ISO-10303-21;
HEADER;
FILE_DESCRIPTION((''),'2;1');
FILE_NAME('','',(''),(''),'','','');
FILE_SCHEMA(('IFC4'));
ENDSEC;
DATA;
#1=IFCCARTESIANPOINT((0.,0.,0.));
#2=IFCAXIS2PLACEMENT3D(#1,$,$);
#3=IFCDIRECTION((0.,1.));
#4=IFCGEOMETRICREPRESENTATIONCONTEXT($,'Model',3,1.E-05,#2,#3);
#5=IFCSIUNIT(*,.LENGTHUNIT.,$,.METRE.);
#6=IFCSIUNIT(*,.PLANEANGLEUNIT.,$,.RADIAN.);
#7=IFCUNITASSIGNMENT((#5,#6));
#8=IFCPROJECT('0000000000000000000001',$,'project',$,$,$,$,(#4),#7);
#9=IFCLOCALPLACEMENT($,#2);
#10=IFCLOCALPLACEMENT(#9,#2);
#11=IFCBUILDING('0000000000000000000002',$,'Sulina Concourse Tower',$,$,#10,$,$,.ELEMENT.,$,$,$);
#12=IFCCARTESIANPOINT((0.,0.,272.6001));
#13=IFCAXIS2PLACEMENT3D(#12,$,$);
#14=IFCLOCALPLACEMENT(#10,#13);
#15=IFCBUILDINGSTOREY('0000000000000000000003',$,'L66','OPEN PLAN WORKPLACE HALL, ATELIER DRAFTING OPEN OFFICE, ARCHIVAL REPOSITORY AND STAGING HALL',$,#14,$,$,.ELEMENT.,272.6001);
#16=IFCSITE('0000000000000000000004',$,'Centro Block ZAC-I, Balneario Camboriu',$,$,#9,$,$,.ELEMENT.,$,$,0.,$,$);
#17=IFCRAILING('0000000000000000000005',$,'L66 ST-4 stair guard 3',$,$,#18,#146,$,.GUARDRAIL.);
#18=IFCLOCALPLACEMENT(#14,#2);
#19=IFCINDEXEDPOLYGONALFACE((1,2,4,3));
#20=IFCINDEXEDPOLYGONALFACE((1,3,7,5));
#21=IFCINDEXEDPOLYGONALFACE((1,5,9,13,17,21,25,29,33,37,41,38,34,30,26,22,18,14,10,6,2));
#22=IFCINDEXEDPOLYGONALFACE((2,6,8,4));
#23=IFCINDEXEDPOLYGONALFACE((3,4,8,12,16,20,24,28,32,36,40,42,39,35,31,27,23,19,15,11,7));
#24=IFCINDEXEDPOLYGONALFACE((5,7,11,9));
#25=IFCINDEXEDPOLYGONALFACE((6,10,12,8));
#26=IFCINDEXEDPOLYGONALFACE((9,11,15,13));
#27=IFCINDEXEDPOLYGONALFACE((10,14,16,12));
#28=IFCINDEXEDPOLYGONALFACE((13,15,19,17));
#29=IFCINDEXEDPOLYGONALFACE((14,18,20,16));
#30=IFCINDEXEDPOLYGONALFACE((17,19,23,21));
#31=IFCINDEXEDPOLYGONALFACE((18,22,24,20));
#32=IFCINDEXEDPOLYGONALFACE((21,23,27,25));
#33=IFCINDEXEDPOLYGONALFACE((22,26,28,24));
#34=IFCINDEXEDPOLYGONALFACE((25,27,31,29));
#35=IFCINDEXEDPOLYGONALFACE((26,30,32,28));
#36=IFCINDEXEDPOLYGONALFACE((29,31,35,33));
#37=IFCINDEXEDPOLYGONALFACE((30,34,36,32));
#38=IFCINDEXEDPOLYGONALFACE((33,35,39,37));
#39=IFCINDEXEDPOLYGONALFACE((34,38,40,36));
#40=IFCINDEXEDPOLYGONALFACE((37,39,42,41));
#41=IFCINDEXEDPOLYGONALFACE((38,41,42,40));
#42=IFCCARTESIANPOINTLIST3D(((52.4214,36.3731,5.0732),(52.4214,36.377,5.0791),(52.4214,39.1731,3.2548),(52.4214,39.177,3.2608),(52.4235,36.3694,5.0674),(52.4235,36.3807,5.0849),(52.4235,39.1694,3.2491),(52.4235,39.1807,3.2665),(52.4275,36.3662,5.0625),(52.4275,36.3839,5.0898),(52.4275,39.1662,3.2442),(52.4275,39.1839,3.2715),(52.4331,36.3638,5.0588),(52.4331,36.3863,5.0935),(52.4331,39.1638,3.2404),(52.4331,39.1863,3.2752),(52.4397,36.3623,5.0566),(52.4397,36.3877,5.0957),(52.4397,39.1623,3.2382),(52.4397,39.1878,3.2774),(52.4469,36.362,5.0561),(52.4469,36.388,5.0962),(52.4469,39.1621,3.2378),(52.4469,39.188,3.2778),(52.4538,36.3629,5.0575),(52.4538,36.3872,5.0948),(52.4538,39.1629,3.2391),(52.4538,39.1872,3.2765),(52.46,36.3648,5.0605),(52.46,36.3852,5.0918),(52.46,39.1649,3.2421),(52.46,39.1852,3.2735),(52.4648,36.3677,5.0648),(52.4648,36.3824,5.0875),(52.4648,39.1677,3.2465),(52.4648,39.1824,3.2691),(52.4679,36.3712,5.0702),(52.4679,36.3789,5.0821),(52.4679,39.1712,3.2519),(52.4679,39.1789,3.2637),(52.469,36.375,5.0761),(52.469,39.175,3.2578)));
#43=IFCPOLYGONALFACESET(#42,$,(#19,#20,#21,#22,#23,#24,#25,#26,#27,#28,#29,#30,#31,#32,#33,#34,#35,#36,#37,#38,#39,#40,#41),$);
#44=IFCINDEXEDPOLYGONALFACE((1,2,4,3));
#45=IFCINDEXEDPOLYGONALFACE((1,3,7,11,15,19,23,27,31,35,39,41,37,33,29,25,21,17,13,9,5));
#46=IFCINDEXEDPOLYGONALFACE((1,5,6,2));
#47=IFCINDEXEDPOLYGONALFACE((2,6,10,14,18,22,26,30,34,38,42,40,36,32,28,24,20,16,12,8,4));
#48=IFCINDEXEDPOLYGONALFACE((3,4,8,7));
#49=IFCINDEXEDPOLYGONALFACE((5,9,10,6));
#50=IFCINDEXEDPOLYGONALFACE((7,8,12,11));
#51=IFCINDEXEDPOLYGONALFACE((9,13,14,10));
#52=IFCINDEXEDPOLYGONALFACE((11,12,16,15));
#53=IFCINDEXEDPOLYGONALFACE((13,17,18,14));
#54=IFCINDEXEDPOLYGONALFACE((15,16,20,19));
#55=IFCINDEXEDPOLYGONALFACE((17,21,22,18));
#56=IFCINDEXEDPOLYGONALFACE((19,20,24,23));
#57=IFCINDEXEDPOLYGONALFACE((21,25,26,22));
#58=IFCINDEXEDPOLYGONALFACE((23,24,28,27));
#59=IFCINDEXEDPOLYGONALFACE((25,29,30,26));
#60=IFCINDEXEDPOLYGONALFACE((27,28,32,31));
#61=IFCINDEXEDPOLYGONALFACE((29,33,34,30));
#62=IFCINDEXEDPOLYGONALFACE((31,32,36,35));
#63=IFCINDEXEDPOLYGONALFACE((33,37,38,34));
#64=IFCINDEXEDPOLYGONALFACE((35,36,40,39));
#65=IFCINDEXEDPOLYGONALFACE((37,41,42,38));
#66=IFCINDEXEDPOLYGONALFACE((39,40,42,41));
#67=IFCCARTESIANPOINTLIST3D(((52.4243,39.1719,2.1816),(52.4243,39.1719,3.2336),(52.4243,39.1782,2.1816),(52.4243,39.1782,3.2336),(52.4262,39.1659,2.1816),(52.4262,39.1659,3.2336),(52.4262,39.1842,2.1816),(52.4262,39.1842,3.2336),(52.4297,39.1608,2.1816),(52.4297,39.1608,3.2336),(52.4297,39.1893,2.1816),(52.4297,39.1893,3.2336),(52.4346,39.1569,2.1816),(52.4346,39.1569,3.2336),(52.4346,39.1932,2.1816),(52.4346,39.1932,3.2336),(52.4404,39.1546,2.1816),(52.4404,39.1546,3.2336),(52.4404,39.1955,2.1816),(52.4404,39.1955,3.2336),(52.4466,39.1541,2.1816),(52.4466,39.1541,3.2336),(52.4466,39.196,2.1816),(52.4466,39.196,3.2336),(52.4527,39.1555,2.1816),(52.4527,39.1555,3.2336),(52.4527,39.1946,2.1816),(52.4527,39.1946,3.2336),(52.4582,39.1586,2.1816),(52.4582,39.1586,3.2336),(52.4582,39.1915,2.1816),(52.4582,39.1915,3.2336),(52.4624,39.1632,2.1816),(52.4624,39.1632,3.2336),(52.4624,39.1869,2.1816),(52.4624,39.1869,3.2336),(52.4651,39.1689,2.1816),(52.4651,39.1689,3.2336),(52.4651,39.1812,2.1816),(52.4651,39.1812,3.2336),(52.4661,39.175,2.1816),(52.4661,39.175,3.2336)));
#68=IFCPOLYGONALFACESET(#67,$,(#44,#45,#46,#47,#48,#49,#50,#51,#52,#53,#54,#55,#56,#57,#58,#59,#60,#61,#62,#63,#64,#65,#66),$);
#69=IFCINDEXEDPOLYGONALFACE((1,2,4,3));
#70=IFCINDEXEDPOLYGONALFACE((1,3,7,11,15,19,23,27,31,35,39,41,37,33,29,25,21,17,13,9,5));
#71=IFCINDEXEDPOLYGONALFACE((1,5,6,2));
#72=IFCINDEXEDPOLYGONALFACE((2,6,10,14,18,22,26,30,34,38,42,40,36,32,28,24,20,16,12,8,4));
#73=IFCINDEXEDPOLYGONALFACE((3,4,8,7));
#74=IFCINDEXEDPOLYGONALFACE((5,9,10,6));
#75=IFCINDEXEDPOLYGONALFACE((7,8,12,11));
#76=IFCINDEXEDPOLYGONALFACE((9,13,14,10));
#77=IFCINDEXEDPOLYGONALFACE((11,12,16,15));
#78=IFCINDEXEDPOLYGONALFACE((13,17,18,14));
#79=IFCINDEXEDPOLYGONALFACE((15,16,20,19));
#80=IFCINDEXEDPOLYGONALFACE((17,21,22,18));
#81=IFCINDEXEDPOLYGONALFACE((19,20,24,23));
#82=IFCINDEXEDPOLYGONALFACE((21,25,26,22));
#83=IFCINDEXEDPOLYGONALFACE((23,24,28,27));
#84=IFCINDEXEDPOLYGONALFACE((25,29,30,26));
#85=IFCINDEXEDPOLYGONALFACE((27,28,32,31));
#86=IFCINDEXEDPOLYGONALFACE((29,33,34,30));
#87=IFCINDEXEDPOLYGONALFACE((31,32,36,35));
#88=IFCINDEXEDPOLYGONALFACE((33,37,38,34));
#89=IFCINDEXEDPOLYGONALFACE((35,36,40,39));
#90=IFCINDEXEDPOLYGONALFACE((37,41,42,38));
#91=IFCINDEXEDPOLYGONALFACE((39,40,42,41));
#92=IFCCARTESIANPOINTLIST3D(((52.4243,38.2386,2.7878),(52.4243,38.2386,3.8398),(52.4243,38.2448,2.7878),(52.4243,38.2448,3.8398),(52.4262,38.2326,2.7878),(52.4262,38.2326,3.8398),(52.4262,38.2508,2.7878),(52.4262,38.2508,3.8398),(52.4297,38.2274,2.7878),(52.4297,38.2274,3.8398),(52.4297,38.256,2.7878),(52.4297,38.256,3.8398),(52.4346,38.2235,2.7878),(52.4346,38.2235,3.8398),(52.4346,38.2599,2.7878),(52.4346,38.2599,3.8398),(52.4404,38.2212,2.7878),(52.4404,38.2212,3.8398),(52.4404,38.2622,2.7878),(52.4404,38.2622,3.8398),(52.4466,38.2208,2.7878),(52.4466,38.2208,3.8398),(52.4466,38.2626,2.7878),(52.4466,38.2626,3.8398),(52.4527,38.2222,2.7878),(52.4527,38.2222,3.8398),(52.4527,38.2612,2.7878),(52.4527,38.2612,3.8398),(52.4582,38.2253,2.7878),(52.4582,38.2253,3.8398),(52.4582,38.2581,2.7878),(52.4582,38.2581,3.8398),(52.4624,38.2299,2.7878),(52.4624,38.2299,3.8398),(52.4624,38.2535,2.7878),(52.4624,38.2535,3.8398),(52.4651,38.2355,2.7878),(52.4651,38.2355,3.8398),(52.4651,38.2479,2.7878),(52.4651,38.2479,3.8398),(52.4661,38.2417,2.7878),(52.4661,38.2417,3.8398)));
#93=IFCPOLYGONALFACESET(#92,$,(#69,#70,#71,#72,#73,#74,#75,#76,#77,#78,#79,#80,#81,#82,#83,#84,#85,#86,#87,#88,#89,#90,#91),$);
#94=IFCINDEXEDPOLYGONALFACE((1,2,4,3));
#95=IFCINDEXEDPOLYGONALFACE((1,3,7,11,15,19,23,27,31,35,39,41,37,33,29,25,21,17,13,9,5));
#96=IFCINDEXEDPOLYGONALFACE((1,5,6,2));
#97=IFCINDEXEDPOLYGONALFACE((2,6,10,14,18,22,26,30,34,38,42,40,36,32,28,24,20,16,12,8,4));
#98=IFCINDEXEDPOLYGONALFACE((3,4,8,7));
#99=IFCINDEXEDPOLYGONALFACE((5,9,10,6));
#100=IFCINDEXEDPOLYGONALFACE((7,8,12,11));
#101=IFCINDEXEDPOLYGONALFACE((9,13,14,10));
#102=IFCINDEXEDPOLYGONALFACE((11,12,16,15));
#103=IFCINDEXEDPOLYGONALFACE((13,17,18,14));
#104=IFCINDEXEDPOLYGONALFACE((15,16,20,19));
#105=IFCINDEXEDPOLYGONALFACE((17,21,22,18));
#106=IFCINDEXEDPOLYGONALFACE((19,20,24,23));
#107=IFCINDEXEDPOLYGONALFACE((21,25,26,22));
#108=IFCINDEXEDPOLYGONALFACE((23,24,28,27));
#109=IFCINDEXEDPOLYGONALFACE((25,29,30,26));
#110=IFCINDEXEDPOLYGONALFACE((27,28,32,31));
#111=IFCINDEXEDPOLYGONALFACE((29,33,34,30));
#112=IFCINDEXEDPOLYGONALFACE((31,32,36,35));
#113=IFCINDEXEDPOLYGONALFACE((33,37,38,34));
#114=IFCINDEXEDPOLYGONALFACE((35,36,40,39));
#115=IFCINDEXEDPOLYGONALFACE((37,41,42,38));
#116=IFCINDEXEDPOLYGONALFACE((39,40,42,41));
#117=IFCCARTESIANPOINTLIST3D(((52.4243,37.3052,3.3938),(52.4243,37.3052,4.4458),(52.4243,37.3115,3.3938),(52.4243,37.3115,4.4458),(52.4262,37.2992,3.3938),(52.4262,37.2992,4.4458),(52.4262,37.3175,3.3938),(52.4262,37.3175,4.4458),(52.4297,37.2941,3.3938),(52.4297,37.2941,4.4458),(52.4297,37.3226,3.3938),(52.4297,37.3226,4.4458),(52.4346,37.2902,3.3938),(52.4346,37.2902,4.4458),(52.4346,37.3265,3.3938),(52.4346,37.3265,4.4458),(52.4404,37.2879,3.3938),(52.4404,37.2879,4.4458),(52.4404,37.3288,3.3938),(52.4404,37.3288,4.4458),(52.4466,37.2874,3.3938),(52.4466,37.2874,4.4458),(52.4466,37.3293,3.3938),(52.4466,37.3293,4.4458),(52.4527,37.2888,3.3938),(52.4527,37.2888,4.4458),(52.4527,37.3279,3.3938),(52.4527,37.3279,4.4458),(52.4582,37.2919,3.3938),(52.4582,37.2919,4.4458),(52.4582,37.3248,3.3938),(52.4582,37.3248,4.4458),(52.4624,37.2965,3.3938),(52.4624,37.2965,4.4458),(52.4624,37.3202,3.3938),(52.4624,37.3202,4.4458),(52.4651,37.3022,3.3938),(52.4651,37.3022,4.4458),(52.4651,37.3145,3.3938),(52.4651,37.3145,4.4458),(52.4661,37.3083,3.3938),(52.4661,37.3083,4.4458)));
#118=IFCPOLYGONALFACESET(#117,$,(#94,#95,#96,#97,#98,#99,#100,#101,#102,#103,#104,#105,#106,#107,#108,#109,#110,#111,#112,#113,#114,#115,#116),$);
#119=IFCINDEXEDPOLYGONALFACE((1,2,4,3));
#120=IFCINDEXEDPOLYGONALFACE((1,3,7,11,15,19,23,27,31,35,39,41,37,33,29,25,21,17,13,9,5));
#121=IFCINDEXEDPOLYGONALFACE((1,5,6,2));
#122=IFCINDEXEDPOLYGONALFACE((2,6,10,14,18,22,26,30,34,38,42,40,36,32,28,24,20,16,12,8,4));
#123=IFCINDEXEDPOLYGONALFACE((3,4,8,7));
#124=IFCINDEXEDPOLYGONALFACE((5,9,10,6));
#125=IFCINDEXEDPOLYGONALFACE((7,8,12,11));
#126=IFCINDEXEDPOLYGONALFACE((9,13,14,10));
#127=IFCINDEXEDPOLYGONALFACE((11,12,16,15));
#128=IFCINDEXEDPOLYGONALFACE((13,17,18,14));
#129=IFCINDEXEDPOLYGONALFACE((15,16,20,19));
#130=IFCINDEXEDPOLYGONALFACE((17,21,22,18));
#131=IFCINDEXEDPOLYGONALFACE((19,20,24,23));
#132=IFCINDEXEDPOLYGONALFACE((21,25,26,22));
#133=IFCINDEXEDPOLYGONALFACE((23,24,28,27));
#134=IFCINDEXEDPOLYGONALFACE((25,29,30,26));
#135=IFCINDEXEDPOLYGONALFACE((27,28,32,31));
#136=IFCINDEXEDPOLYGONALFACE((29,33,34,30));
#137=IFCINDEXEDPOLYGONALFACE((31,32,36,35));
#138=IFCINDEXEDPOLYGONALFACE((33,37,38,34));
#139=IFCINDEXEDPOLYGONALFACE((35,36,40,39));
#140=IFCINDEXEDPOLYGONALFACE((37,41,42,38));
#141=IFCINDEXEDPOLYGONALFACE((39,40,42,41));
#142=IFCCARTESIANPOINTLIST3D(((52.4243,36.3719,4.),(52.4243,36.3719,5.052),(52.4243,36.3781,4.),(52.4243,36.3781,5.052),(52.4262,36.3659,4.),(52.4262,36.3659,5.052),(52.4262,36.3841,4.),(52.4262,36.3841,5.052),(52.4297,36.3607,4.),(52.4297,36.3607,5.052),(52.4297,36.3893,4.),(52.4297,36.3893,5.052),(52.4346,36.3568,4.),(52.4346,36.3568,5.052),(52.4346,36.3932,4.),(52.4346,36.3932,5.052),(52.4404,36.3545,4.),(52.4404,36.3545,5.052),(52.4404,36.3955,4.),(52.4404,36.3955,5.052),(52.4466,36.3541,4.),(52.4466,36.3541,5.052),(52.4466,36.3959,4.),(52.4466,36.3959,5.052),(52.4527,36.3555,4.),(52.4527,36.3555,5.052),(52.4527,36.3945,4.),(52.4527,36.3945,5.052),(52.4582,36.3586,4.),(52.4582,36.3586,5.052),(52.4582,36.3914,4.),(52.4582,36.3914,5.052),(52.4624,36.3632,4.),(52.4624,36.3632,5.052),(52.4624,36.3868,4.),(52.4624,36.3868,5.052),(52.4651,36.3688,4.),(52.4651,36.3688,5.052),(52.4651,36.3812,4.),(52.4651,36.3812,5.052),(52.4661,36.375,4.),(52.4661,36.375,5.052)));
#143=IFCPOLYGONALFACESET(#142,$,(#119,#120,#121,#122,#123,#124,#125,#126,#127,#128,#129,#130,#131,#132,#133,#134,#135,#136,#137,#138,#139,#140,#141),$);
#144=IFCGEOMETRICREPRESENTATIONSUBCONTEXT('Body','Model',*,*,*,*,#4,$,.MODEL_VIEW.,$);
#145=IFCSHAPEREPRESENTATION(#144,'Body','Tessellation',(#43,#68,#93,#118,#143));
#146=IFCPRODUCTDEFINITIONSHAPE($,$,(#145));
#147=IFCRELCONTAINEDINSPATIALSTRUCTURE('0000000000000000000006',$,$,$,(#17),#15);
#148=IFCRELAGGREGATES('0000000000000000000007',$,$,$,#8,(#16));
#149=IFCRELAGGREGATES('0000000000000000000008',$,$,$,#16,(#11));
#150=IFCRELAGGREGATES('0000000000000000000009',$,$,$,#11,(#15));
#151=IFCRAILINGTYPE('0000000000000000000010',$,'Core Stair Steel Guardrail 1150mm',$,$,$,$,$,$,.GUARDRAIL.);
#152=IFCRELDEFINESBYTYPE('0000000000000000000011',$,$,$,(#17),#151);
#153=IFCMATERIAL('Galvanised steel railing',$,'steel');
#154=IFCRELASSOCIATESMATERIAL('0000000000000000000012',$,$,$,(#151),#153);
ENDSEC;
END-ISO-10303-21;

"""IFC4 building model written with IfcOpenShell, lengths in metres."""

from ifc_helpers import new_model, si_unit, direction, frame, origin, origin_2d, place, context, subcontext, project, spatial, circle, extrude, material, type_object, element, save


model = new_model("IFC4")

# Units and contexts
model_context = context("Model", 3, precision=1e-05, world=origin(), true_north=direction((0.0, 1.0)))
body_context = subcontext(model_context, "Body", "Model", "MODEL_VIEW")
ifc_project = project(units=[si_unit("LENGTHUNIT", "METRE"), si_unit("PLANEANGLEUNIT", "RADIAN")], contexts=[model_context])

# Site, building, storey
site_placement = place(None, origin())
site = spatial("IfcSite", under=ifc_project, at=site_placement, Name="Centro Block ZAC-I, Balneario Camboriu", CompositionType="ELEMENT", RefElevation=0.0)
building_placement = place(site_placement, origin())
building = spatial("IfcBuilding", under=site, at=building_placement, Name="Sulina Concourse Tower", CompositionType="ELEMENT")
storey_placement = place(building_placement, frame((0.0, 0.0, 272.6001)))
storey = spatial("IfcBuildingStorey", under=building, at=storey_placement, Name="L66", Description="OPEN PLAN WORKPLACE HALL, ATELIER DRAFTING OPEN OFFICE, ARCHIVAL REPOSITORY AND STAGING HALL", CompositionType="ELEMENT", Elevation=272.6001)

# Railing
ifc_material_1 = material(Name="Galvanised steel railing", Category="steel")
railing_type_1 = type_object("IfcRailingType", Name="Core Stair Steel Guardrail 1150mm", PredefinedType="GUARDRAIL", material=ifc_material_1)
railing_1_placement = place(storey_placement, frame((52.4451, 39.175, 2.1816)))
element("IfcRailing", 1, at=railing_1_placement, inside=storey, type_object=railing_type_1, Name="L66 ST-4 stair guard 3", PredefinedType="GUARDRAIL", context=body_context, shape_type="SweptSolid", body=[
    extrude(circle(Radius=0.0239, at=origin_2d()), frame((0.0, 0.0, 1.0762), z_axis=(0.0, -0.838672, 0.544636), x_axis=(1.0, 0.0, 0.0)), (0.0, 0.0, 1.0), 3.3386),
    extrude(circle(Radius=0.021, at=origin_2d()), origin(), (0.0, 0.0, 1.0), 1.052),
    extrude(circle(Radius=0.021, at=origin_2d()), frame((0.0, -0.9333, 0.6062)), (0.0, 0.0, 1.0), 1.052),
    extrude(circle(Radius=0.021, at=origin_2d()), frame((0.0, -1.8667, 1.2122)), (0.0, 0.0, 1.0), 1.052),
    extrude(circle(Radius=0.021, at=origin_2d()), frame((0.0, -2.8, 1.8184)), (0.0, 0.0, 1.0), 1.052),
])

save(model, "model.ifc")
